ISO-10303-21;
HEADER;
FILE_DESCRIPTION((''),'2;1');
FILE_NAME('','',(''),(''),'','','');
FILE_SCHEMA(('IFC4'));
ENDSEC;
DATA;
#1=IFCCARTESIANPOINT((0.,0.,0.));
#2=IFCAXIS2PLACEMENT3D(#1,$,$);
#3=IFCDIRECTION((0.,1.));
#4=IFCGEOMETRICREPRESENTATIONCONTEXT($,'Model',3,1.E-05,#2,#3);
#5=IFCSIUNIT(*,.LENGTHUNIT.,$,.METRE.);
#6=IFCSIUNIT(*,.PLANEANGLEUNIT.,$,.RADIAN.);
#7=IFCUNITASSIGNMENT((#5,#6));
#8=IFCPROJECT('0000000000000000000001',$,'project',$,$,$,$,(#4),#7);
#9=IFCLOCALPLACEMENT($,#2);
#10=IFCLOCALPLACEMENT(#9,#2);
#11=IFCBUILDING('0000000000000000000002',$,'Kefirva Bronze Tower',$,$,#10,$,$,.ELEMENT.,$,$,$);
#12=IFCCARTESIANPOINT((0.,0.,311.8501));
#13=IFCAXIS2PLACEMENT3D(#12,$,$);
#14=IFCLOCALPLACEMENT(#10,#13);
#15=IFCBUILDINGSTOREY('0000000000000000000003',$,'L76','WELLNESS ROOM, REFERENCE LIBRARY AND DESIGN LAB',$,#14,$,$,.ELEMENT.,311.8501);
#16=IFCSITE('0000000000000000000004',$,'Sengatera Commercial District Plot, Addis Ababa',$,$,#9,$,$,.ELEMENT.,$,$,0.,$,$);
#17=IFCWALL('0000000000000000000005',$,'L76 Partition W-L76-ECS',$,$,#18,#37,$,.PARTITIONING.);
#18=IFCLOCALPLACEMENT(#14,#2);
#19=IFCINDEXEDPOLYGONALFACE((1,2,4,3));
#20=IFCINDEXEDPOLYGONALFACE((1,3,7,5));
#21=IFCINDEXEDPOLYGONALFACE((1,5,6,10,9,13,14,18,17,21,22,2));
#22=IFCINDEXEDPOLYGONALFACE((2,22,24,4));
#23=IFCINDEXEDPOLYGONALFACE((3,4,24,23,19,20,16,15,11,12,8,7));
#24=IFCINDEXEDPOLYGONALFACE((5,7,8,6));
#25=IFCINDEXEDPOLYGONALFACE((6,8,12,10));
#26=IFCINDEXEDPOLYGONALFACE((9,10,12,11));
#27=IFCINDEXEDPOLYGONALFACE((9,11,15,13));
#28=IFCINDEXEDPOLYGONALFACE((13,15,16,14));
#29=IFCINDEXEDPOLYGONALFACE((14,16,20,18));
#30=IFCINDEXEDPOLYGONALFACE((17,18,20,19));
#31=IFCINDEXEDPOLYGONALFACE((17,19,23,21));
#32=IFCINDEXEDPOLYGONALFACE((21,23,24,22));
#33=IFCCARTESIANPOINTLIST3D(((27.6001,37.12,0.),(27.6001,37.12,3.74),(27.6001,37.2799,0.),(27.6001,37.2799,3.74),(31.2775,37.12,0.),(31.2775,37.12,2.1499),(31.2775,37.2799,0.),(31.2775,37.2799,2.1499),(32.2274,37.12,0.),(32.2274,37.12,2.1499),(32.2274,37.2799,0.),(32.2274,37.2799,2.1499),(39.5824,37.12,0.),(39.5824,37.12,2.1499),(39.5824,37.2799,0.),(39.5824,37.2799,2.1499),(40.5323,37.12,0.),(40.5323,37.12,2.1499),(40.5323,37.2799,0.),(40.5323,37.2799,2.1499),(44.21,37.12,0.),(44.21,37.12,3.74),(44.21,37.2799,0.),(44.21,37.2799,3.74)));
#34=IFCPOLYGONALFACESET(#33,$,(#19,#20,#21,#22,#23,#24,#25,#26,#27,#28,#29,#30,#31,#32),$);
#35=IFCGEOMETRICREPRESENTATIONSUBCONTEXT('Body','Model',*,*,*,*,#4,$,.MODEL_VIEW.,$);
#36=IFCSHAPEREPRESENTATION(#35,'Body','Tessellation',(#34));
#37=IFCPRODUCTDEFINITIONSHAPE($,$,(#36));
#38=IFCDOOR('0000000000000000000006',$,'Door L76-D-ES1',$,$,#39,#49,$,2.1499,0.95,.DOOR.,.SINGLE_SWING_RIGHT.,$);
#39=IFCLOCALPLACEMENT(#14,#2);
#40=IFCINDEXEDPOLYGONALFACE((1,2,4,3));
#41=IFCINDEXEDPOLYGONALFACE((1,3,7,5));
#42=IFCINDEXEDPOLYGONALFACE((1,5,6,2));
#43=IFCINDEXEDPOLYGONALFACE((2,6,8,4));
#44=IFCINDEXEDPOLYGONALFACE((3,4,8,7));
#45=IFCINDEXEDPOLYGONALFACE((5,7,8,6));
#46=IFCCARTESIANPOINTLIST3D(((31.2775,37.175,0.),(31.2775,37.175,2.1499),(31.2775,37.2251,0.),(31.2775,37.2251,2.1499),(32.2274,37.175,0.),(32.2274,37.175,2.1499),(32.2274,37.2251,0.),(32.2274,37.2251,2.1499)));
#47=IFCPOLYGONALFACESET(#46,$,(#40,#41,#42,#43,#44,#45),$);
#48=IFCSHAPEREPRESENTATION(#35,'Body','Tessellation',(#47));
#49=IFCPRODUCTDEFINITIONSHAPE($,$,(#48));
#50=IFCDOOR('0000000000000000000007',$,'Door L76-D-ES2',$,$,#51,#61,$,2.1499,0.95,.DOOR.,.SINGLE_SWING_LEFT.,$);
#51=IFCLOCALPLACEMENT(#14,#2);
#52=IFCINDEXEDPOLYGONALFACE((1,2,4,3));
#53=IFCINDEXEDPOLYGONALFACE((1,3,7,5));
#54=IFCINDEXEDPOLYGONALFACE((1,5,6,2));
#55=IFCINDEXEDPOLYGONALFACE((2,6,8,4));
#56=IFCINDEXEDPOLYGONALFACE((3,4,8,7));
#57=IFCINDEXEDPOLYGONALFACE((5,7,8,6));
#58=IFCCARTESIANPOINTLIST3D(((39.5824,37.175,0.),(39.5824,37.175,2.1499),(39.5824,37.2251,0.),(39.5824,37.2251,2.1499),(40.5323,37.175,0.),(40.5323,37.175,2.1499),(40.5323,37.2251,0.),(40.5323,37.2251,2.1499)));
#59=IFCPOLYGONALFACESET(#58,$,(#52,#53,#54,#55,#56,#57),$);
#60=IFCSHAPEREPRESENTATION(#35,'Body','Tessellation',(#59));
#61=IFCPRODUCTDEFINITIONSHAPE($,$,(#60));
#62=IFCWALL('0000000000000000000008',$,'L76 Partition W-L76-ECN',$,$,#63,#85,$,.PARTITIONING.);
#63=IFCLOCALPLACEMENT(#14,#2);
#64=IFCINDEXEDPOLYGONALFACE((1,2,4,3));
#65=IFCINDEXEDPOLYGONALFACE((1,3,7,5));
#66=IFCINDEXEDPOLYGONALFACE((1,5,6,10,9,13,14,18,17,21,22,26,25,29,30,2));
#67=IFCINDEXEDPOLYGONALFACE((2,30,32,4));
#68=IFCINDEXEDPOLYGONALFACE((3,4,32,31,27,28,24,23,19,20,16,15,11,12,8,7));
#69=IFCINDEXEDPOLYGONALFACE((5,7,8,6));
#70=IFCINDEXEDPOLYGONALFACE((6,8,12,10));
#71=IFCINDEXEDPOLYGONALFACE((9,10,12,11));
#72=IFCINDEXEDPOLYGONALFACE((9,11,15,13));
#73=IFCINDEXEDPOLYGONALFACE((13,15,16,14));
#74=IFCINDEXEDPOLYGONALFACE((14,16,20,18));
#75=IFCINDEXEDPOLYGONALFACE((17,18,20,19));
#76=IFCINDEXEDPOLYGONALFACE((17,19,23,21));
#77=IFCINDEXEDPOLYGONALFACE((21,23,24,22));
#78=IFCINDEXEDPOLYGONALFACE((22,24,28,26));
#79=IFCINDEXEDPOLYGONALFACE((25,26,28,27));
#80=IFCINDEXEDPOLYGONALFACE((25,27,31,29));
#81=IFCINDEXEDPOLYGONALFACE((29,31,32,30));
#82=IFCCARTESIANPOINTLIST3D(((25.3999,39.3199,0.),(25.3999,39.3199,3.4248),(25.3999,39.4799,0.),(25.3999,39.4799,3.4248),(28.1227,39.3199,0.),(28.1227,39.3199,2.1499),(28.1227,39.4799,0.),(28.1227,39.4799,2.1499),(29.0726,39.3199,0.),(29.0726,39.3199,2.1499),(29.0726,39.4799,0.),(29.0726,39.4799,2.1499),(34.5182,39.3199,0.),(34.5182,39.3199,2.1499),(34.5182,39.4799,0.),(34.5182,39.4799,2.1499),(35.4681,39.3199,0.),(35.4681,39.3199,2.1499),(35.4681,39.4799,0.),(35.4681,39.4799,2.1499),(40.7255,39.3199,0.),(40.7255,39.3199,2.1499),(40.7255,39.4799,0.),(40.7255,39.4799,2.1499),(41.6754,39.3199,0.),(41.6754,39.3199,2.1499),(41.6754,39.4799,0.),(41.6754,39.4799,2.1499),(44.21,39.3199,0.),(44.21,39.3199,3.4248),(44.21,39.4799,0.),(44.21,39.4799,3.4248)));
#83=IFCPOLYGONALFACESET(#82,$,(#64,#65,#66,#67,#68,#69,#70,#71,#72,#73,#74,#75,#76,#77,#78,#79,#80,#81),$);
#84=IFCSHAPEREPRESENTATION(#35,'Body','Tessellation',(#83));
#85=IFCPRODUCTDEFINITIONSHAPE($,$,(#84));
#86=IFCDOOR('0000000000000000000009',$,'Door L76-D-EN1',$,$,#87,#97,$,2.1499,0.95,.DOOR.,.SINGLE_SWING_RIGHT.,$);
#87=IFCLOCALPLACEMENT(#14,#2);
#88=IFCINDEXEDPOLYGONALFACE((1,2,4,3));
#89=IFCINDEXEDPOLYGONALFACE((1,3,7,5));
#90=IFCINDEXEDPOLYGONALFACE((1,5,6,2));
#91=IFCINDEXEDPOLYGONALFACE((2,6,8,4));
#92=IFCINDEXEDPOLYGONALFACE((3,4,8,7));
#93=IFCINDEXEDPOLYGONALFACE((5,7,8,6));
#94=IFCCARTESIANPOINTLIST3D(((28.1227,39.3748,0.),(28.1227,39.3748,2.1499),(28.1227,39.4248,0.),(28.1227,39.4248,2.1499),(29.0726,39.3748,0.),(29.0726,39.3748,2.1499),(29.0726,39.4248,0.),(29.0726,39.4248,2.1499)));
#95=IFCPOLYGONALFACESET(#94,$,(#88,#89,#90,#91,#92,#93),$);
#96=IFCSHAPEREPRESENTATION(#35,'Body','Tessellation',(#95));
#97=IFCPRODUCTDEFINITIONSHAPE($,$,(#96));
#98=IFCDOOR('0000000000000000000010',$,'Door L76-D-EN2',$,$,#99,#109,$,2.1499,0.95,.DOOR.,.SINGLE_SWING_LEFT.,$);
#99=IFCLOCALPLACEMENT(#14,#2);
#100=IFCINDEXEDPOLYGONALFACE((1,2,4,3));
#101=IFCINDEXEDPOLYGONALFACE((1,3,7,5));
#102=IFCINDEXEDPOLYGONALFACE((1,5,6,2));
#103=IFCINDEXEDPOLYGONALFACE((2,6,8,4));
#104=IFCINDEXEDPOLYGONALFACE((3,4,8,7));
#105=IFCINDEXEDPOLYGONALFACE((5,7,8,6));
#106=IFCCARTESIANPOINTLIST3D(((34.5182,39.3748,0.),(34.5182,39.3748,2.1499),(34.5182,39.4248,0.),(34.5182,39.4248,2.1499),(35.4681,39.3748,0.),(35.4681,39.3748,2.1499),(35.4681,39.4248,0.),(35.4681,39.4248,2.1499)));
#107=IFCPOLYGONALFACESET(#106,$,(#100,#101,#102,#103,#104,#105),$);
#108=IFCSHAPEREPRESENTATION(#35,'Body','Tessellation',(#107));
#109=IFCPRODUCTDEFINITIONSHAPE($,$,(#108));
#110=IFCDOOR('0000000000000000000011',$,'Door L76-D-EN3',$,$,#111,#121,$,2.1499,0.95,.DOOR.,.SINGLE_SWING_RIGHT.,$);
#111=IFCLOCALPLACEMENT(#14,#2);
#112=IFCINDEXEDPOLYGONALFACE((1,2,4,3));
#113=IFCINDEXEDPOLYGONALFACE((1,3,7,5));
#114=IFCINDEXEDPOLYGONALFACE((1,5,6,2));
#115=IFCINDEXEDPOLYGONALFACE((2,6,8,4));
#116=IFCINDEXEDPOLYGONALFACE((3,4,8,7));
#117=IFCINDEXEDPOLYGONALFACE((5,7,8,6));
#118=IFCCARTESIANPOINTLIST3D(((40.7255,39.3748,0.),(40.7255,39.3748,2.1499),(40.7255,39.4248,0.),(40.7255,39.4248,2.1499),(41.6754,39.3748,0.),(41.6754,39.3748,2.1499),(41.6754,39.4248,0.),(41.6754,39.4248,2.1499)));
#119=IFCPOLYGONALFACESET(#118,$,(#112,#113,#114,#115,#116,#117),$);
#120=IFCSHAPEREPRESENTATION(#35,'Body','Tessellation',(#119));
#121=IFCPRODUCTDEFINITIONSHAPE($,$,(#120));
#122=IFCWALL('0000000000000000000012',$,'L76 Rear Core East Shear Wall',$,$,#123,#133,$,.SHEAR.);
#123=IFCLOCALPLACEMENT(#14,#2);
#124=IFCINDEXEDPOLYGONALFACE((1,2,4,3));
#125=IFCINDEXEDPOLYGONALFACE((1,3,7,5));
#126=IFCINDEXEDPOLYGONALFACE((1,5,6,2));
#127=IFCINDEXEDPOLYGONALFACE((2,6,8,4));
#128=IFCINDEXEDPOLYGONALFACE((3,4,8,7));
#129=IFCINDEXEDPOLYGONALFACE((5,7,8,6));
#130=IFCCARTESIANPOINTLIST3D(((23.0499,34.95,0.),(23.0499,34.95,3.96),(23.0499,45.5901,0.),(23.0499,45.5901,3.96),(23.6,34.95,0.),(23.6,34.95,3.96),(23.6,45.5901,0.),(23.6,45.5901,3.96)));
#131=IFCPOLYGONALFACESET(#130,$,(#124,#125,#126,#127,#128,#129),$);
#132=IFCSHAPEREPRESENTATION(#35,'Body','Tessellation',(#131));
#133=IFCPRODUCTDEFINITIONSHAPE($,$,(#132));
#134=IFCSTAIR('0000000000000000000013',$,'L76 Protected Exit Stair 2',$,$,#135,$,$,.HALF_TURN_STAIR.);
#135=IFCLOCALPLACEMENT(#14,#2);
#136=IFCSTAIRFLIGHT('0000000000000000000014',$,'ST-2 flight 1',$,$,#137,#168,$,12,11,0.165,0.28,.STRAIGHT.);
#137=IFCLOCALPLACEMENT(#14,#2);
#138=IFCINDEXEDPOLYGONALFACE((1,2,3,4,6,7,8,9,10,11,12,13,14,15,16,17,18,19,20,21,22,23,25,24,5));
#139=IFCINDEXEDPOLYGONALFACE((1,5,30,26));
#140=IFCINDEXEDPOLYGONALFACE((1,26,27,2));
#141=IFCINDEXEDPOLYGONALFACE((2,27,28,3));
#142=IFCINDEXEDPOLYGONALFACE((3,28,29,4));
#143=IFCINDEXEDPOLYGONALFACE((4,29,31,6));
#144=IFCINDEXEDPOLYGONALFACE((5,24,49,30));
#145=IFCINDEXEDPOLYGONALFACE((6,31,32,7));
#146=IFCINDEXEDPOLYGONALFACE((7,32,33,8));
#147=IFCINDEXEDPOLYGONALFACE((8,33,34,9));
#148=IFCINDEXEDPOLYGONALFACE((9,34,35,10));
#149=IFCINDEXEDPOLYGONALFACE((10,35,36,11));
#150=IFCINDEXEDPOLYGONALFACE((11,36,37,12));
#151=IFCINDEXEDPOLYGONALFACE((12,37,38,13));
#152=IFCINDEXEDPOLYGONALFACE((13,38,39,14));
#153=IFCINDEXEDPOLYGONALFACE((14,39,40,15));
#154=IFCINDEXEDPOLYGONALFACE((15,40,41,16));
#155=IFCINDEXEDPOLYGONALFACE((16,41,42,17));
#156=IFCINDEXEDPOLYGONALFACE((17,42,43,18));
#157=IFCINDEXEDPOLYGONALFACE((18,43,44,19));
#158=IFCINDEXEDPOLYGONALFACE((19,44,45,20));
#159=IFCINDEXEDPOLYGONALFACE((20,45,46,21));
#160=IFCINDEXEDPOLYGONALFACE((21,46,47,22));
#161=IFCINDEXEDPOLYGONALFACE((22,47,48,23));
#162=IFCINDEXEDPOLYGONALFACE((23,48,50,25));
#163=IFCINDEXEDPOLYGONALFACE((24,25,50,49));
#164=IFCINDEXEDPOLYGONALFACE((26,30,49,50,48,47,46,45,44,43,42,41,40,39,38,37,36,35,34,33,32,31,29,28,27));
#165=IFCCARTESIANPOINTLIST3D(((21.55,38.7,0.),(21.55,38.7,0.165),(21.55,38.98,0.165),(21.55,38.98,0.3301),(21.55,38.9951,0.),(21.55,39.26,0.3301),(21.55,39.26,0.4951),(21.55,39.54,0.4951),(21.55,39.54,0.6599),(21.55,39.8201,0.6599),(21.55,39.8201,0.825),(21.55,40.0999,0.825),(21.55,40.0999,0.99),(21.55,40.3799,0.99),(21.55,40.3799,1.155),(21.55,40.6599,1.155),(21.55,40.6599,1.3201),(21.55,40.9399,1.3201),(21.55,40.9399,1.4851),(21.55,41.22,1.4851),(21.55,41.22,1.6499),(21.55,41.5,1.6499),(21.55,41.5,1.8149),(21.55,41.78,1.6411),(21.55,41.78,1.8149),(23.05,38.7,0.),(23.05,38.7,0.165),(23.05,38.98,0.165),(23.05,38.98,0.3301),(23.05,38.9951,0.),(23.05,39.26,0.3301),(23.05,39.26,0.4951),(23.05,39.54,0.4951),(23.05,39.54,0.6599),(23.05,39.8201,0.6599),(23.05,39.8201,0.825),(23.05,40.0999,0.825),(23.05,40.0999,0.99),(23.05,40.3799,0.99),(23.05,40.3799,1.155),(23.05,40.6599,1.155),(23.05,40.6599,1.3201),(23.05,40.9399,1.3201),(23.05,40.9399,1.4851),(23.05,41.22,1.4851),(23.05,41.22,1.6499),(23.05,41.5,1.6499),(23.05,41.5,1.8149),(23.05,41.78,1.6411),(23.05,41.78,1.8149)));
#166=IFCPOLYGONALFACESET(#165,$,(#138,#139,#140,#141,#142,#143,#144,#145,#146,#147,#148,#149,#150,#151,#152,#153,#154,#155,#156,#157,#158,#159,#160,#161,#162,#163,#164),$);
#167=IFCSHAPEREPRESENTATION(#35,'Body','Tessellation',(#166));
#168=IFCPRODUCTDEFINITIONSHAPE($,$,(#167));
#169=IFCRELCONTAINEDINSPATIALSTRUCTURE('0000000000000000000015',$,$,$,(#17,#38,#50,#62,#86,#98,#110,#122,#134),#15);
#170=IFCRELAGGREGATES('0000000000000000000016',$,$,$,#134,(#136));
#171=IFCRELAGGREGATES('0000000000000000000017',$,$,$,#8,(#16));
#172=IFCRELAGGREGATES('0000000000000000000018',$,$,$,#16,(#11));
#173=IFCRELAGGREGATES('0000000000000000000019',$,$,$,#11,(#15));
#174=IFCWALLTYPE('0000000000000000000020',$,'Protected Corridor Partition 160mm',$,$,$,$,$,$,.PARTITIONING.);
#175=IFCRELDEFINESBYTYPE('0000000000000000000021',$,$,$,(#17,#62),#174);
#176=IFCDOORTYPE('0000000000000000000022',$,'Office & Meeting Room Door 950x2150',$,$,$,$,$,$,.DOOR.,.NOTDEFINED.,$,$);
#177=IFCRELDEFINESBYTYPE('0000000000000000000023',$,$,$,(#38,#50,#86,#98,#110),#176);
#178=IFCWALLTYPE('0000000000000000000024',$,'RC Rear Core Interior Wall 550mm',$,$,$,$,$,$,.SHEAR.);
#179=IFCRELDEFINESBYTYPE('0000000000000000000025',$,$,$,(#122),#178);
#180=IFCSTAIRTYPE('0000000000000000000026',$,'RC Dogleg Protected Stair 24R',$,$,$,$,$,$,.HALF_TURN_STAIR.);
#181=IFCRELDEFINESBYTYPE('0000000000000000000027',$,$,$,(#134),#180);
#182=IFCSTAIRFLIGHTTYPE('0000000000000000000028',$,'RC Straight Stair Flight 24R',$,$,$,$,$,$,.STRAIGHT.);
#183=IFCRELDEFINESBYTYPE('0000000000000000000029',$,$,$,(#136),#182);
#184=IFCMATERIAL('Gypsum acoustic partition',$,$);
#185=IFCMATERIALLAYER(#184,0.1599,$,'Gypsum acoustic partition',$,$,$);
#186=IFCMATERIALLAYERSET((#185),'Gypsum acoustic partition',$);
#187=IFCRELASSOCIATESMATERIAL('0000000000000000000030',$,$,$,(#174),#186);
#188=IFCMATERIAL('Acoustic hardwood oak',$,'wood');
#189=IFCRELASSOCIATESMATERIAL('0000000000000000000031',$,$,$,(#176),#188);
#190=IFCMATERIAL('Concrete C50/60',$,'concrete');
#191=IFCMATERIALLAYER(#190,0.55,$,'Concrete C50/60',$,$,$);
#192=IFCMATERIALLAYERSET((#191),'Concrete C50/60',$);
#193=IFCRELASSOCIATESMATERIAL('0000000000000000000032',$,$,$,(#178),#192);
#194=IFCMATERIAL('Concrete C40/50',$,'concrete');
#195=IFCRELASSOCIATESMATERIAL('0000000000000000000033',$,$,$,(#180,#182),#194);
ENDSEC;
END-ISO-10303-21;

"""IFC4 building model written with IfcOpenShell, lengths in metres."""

from ifc_helpers import new_model, si_unit, direction, frame, frame_2d, origin, place, context, subcontext, project, spatial, polyline, rectangle, outline, extrude, material, layer, layer_set, type_object, element, fill, aggregate, save


model = new_model("IFC4")

# Units and contexts
model_context = context("Model", 3, precision=1e-05, world=origin(), true_north=direction((0.0, 1.0)))
body_context = subcontext(model_context, "Body", "Model", "MODEL_VIEW")
ifc_project = project(units=[si_unit("LENGTHUNIT", "METRE"), si_unit("PLANEANGLEUNIT", "RADIAN")], contexts=[model_context])

# Site, building, storey
site_placement = place(None, origin())
site = spatial("IfcSite", under=ifc_project, at=site_placement, Name="Sengatera Commercial District Plot, Addis Ababa", CompositionType="ELEMENT", RefElevation=0.0)
building_placement = place(site_placement, origin())
building = spatial("IfcBuilding", under=site, at=building_placement, Name="Kefirva Bronze Tower", CompositionType="ELEMENT")
storey_placement = place(building_placement, frame((0.0, 0.0, 311.8501)))
storey = spatial("IfcBuildingStorey", under=building, at=storey_placement, Name="L76", Description="WELLNESS ROOM, REFERENCE LIBRARY AND DESIGN LAB", CompositionType="ELEMENT", Elevation=311.8501)

# Shared definitions
ifc_material_1 = material(Name="Concrete C50/60", Category="concrete")

# Shared definitions
ifc_material_2 = material(Name="Gypsum acoustic partition")

# Walls, openings, doors
ifc_layer_1 = layer(ifc_material_2, 0.1599, Name="Gypsum acoustic partition")
ifc_layer_set_1 = layer_set([ifc_layer_1], Name="Gypsum acoustic partition")
wall_type_1 = type_object("IfcWallType", Name="Protected Corridor Partition 160mm", PredefinedType="PARTITIONING", material=ifc_layer_set_1)
wall_1_placement = place(storey_placement, frame((27.6001, 37.2, 0.0), z_axis=(0.0, 0.0, 1.0), x_axis=(1.0, 0.0, 0.0)))
wall_1 = element("IfcWall", 1, at=wall_1_placement, inside=storey, type_object=wall_type_1, Name="L76 Partition W-L76-ECS", PredefinedType="PARTITIONING", context=body_context, shape_type="SweptSolid", body=[
    extrude(rectangle(XDim=16.6099, YDim=0.1599, at=frame_2d((8.3049, 0.0))), origin(), (0.0, 0.0, 1.0), 3.74),
])
opening_1_placement = place(wall_1_placement, frame((4.6274, 0.0, 0.0), z_axis=(0.0, 0.0, 1.0), x_axis=(-1.0, 0.0, 0.0)))
opening_1 = element("IfcOpeningElement", 2, at=opening_1_placement, cuts=wall_1, PredefinedType="OPENING", context=body_context, shape_type="SweptSolid", body=[
    extrude(rectangle(XDim=0.95, YDim=2.1499, at=frame_2d((0.4751, 1.075))), frame((0.0, 0.0898, 0.0), z_axis=(0.0, -1.0, 0.0), x_axis=(1.0, 0.0, 0.0)), (0.0, 0.0, 1.0), 0.1799),
])
opening_2_placement = place(wall_1_placement, frame((12.9324, 0.0, 0.0), z_axis=(0.0, 0.0, 1.0), x_axis=(-1.0, 0.0, 0.0)))
opening_2 = element("IfcOpeningElement", 3, at=opening_2_placement, cuts=wall_1, PredefinedType="OPENING", context=body_context, shape_type="SweptSolid", body=[
    extrude(rectangle(XDim=0.95, YDim=2.1499, at=frame_2d((0.4751, 1.075))), frame((0.0, 0.0898, 0.0), z_axis=(0.0, -1.0, 0.0), x_axis=(1.0, 0.0, 0.0)), (0.0, 0.0, 1.0), 0.1799),
])
ifc_material_3 = material(Name="Acoustic hardwood oak", Category="wood")
door_type = type_object("IfcDoorType", Name="Office & Meeting Room Door 950x2150", OperationType="NOTDEFINED", PredefinedType="DOOR", material=ifc_material_3)
door_1_placement = place(opening_1_placement, origin())
door_1 = element("IfcDoor", 4, at=door_1_placement, inside=storey, type_object=door_type, Name="Door L76-D-ES1", OperationType="SINGLE_SWING_RIGHT", OverallHeight=2.1499, OverallWidth=0.95, PredefinedType="DOOR", context=body_context, shape_type="SweptSolid", body=[
    extrude(rectangle(XDim=0.95, YDim=2.1499, at=frame_2d((0.4751, 1.075))), frame((0.0, 0.0249, 0.0), z_axis=(0.0, -1.0, 0.0), x_axis=(1.0, 0.0, 0.0)), (0.0, 0.0, 1.0), 0.05),
])
fill(opening_1, door_1)
door_2_placement = place(opening_2_placement, origin())
door_2 = element("IfcDoor", 5, at=door_2_placement, inside=storey, type_object=door_type, Name="Door L76-D-ES2", OperationType="SINGLE_SWING_LEFT", OverallHeight=2.1499, OverallWidth=0.95, PredefinedType="DOOR", context=body_context, shape_type="SweptSolid", body=[
    extrude(rectangle(XDim=0.95, YDim=2.1499, at=frame_2d((0.4751, 1.075))), frame((0.0, 0.0249, 0.0), z_axis=(0.0, -1.0, 0.0), x_axis=(1.0, 0.0, 0.0)), (0.0, 0.0, 1.0), 0.05),
])
fill(opening_2, door_2)
wall_2_placement = place(storey_placement, frame((25.3999, 39.3999, 0.0), z_axis=(0.0, 0.0, 1.0), x_axis=(1.0, 0.0, 0.0)))
wall_2 = element("IfcWall", 6, at=wall_2_placement, inside=storey, type_object=wall_type_1, Name="L76 Partition W-L76-ECN", PredefinedType="PARTITIONING", context=body_context, shape_type="SweptSolid", body=[
    extrude(rectangle(XDim=18.8101, YDim=0.1599, at=frame_2d((9.405, 0.0))), origin(), (0.0, 0.0, 1.0), 3.4248),
])
opening_3_placement = place(wall_2_placement, frame((2.7227, 0.0, 0.0)))
opening_3 = element("IfcOpeningElement", 7, at=opening_3_placement, cuts=wall_2, PredefinedType="OPENING", context=body_context, shape_type="SweptSolid", body=[
    extrude(rectangle(XDim=0.95, YDim=2.1499, at=frame_2d((0.4751, 1.075))), frame((0.0, 0.0898, 0.0), z_axis=(0.0, -1.0, 0.0), x_axis=(1.0, 0.0, 0.0)), (0.0, 0.0, 1.0), 0.1799),
])
opening_4_placement = place(wall_2_placement, frame((9.1182, 0.0, 0.0)))
opening_4 = element("IfcOpeningElement", 8, at=opening_4_placement, cuts=wall_2, PredefinedType="OPENING", context=body_context, shape_type="SweptSolid", body=[
    extrude(rectangle(XDim=0.95, YDim=2.1499, at=frame_2d((0.4751, 1.075))), frame((0.0, 0.0898, 0.0), z_axis=(0.0, -1.0, 0.0), x_axis=(1.0, 0.0, 0.0)), (0.0, 0.0, 1.0), 0.1799),
])
opening_5_placement = place(wall_2_placement, frame((15.3254, 0.0, 0.0)))
opening_5 = element("IfcOpeningElement", 9, at=opening_5_placement, cuts=wall_2, PredefinedType="OPENING", context=body_context, shape_type="SweptSolid", body=[
    extrude(rectangle(XDim=0.95, YDim=2.1499, at=frame_2d((0.4751, 1.075))), frame((0.0, 0.0898, 0.0), z_axis=(0.0, -1.0, 0.0), x_axis=(1.0, 0.0, 0.0)), (0.0, 0.0, 1.0), 0.1799),
])
door_3_placement = place(opening_3_placement, origin())
door_3 = element("IfcDoor", 10, at=door_3_placement, inside=storey, type_object=door_type, Name="Door L76-D-EN1", OperationType="SINGLE_SWING_RIGHT", OverallHeight=2.1499, OverallWidth=0.95, PredefinedType="DOOR", context=body_context, shape_type="SweptSolid", body=[
    extrude(rectangle(XDim=0.95, YDim=2.1499, at=frame_2d((0.4751, 1.075))), frame((0.0, 0.0249, 0.0), z_axis=(0.0, -1.0, 0.0), x_axis=(1.0, 0.0, 0.0)), (0.0, 0.0, 1.0), 0.05),
])
fill(opening_3, door_3)
door_4_placement = place(opening_4_placement, origin())
door_4 = element("IfcDoor", 11, at=door_4_placement, inside=storey, type_object=door_type, Name="Door L76-D-EN2", OperationType="SINGLE_SWING_LEFT", OverallHeight=2.1499, OverallWidth=0.95, PredefinedType="DOOR", context=body_context, shape_type="SweptSolid", body=[
    extrude(rectangle(XDim=0.95, YDim=2.1499, at=frame_2d((0.4751, 1.075))), frame((0.0, 0.0249, 0.0), z_axis=(0.0, -1.0, 0.0), x_axis=(1.0, 0.0, 0.0)), (0.0, 0.0, 1.0), 0.05),
])
fill(opening_4, door_4)
door_5_placement = place(opening_5_placement, origin())
door_5 = element("IfcDoor", 12, at=door_5_placement, inside=storey, type_object=door_type, Name="Door L76-D-EN3", OperationType="SINGLE_SWING_RIGHT", OverallHeight=2.1499, OverallWidth=0.95, PredefinedType="DOOR", context=body_context, shape_type="SweptSolid", body=[
    extrude(rectangle(XDim=0.95, YDim=2.1499, at=frame_2d((0.4751, 1.075))), frame((0.0, 0.0249, 0.0), z_axis=(0.0, -1.0, 0.0), x_axis=(1.0, 0.0, 0.0)), (0.0, 0.0, 1.0), 0.05),
])
fill(opening_5, door_5)

# Wall
ifc_layer_2 = layer(ifc_material_1, 0.55, Name="Concrete C50/60")
ifc_layer_set_2 = layer_set([ifc_layer_2], Name="Concrete C50/60")
wall_type_2 = type_object("IfcWallType", Name="RC Rear Core Interior Wall 550mm", PredefinedType="SHEAR", material=ifc_layer_set_2)
wall_3_placement = place(storey_placement, frame((23.325, 34.95, 0.0), z_axis=(0.0, 0.0, 1.0), x_axis=(0.0, 1.0, 0.0)))
element("IfcWall", 13, at=wall_3_placement, inside=storey, type_object=wall_type_2, Name="L76 Rear Core East Shear Wall", PredefinedType="SHEAR", context=body_context, shape_type="SweptSolid", body=[
    extrude(rectangle(XDim=10.6401, YDim=0.55, at=frame_2d((5.3201, 0.0))), origin(), (0.0, 0.0, 1.0), 3.96),
])

# Stair, stair flight
ifc_material_4 = material(Name="Concrete C40/50", Category="concrete")
stair_type = type_object("IfcStairType", Name="RC Dogleg Protected Stair 24R", PredefinedType="HALF_TURN_STAIR", material=ifc_material_4)
stair_placement = place(storey_placement, origin())
stair = element("IfcStair", 14, at=stair_placement, inside=storey, type_object=stair_type, Name="L76 Protected Exit Stair 2", PredefinedType="HALF_TURN_STAIR")
stair_flight_type = type_object("IfcStairFlightType", Name="RC Straight Stair Flight 24R", PredefinedType="STRAIGHT", material=ifc_material_4)
stair_flight_placement = place(storey_placement, frame((22.3, 38.7, 0.0), z_axis=(0.0, 0.0, 1.0), x_axis=(0.0, 1.0, 0.0)))
stair_flight = element("IfcStairFlight", 15, at=stair_flight_placement, type_object=stair_flight_type, Name="ST-2 flight 1", NumberOfRisers=12, NumberOfTreads=11, PredefinedType="STRAIGHT", RiserHeight=0.165, TreadLength=0.28, context=body_context, shape_type="SweptSolid", body=[
    extrude(outline(polyline([(0.0, 0.0), (0.0, 0.165), (0.28, 0.165), (0.28, 0.3301), (0.5601, 0.3301), (0.5601, 0.4951), (0.8401, 0.4951), (0.8401, 0.6599), (1.1201, 0.6599), (1.1201, 0.825), (1.3999, 0.825), (1.3999, 0.99), (1.6799, 0.99), (1.6799, 1.155), (1.96, 1.155), (1.96, 1.3201), (2.24, 1.3201), (2.24, 1.4851), (2.52, 1.4851), (2.52, 1.6499), (2.8, 1.6499), (2.8, 1.8149), (3.0801, 1.8149), (3.0801, 1.98), (3.0801, 1.6411), (0.2952, 0.0), (0.0, 0.0)])), frame((0.0, 0.75, 0.0), z_axis=(0.0, -1.0, 0.0), x_axis=(1.0, 0.0, 0.0)), (0.0, 0.0, 1.0), 1.5),
])
aggregate(stair, [stair_flight])

save(model, "model.ifc")
